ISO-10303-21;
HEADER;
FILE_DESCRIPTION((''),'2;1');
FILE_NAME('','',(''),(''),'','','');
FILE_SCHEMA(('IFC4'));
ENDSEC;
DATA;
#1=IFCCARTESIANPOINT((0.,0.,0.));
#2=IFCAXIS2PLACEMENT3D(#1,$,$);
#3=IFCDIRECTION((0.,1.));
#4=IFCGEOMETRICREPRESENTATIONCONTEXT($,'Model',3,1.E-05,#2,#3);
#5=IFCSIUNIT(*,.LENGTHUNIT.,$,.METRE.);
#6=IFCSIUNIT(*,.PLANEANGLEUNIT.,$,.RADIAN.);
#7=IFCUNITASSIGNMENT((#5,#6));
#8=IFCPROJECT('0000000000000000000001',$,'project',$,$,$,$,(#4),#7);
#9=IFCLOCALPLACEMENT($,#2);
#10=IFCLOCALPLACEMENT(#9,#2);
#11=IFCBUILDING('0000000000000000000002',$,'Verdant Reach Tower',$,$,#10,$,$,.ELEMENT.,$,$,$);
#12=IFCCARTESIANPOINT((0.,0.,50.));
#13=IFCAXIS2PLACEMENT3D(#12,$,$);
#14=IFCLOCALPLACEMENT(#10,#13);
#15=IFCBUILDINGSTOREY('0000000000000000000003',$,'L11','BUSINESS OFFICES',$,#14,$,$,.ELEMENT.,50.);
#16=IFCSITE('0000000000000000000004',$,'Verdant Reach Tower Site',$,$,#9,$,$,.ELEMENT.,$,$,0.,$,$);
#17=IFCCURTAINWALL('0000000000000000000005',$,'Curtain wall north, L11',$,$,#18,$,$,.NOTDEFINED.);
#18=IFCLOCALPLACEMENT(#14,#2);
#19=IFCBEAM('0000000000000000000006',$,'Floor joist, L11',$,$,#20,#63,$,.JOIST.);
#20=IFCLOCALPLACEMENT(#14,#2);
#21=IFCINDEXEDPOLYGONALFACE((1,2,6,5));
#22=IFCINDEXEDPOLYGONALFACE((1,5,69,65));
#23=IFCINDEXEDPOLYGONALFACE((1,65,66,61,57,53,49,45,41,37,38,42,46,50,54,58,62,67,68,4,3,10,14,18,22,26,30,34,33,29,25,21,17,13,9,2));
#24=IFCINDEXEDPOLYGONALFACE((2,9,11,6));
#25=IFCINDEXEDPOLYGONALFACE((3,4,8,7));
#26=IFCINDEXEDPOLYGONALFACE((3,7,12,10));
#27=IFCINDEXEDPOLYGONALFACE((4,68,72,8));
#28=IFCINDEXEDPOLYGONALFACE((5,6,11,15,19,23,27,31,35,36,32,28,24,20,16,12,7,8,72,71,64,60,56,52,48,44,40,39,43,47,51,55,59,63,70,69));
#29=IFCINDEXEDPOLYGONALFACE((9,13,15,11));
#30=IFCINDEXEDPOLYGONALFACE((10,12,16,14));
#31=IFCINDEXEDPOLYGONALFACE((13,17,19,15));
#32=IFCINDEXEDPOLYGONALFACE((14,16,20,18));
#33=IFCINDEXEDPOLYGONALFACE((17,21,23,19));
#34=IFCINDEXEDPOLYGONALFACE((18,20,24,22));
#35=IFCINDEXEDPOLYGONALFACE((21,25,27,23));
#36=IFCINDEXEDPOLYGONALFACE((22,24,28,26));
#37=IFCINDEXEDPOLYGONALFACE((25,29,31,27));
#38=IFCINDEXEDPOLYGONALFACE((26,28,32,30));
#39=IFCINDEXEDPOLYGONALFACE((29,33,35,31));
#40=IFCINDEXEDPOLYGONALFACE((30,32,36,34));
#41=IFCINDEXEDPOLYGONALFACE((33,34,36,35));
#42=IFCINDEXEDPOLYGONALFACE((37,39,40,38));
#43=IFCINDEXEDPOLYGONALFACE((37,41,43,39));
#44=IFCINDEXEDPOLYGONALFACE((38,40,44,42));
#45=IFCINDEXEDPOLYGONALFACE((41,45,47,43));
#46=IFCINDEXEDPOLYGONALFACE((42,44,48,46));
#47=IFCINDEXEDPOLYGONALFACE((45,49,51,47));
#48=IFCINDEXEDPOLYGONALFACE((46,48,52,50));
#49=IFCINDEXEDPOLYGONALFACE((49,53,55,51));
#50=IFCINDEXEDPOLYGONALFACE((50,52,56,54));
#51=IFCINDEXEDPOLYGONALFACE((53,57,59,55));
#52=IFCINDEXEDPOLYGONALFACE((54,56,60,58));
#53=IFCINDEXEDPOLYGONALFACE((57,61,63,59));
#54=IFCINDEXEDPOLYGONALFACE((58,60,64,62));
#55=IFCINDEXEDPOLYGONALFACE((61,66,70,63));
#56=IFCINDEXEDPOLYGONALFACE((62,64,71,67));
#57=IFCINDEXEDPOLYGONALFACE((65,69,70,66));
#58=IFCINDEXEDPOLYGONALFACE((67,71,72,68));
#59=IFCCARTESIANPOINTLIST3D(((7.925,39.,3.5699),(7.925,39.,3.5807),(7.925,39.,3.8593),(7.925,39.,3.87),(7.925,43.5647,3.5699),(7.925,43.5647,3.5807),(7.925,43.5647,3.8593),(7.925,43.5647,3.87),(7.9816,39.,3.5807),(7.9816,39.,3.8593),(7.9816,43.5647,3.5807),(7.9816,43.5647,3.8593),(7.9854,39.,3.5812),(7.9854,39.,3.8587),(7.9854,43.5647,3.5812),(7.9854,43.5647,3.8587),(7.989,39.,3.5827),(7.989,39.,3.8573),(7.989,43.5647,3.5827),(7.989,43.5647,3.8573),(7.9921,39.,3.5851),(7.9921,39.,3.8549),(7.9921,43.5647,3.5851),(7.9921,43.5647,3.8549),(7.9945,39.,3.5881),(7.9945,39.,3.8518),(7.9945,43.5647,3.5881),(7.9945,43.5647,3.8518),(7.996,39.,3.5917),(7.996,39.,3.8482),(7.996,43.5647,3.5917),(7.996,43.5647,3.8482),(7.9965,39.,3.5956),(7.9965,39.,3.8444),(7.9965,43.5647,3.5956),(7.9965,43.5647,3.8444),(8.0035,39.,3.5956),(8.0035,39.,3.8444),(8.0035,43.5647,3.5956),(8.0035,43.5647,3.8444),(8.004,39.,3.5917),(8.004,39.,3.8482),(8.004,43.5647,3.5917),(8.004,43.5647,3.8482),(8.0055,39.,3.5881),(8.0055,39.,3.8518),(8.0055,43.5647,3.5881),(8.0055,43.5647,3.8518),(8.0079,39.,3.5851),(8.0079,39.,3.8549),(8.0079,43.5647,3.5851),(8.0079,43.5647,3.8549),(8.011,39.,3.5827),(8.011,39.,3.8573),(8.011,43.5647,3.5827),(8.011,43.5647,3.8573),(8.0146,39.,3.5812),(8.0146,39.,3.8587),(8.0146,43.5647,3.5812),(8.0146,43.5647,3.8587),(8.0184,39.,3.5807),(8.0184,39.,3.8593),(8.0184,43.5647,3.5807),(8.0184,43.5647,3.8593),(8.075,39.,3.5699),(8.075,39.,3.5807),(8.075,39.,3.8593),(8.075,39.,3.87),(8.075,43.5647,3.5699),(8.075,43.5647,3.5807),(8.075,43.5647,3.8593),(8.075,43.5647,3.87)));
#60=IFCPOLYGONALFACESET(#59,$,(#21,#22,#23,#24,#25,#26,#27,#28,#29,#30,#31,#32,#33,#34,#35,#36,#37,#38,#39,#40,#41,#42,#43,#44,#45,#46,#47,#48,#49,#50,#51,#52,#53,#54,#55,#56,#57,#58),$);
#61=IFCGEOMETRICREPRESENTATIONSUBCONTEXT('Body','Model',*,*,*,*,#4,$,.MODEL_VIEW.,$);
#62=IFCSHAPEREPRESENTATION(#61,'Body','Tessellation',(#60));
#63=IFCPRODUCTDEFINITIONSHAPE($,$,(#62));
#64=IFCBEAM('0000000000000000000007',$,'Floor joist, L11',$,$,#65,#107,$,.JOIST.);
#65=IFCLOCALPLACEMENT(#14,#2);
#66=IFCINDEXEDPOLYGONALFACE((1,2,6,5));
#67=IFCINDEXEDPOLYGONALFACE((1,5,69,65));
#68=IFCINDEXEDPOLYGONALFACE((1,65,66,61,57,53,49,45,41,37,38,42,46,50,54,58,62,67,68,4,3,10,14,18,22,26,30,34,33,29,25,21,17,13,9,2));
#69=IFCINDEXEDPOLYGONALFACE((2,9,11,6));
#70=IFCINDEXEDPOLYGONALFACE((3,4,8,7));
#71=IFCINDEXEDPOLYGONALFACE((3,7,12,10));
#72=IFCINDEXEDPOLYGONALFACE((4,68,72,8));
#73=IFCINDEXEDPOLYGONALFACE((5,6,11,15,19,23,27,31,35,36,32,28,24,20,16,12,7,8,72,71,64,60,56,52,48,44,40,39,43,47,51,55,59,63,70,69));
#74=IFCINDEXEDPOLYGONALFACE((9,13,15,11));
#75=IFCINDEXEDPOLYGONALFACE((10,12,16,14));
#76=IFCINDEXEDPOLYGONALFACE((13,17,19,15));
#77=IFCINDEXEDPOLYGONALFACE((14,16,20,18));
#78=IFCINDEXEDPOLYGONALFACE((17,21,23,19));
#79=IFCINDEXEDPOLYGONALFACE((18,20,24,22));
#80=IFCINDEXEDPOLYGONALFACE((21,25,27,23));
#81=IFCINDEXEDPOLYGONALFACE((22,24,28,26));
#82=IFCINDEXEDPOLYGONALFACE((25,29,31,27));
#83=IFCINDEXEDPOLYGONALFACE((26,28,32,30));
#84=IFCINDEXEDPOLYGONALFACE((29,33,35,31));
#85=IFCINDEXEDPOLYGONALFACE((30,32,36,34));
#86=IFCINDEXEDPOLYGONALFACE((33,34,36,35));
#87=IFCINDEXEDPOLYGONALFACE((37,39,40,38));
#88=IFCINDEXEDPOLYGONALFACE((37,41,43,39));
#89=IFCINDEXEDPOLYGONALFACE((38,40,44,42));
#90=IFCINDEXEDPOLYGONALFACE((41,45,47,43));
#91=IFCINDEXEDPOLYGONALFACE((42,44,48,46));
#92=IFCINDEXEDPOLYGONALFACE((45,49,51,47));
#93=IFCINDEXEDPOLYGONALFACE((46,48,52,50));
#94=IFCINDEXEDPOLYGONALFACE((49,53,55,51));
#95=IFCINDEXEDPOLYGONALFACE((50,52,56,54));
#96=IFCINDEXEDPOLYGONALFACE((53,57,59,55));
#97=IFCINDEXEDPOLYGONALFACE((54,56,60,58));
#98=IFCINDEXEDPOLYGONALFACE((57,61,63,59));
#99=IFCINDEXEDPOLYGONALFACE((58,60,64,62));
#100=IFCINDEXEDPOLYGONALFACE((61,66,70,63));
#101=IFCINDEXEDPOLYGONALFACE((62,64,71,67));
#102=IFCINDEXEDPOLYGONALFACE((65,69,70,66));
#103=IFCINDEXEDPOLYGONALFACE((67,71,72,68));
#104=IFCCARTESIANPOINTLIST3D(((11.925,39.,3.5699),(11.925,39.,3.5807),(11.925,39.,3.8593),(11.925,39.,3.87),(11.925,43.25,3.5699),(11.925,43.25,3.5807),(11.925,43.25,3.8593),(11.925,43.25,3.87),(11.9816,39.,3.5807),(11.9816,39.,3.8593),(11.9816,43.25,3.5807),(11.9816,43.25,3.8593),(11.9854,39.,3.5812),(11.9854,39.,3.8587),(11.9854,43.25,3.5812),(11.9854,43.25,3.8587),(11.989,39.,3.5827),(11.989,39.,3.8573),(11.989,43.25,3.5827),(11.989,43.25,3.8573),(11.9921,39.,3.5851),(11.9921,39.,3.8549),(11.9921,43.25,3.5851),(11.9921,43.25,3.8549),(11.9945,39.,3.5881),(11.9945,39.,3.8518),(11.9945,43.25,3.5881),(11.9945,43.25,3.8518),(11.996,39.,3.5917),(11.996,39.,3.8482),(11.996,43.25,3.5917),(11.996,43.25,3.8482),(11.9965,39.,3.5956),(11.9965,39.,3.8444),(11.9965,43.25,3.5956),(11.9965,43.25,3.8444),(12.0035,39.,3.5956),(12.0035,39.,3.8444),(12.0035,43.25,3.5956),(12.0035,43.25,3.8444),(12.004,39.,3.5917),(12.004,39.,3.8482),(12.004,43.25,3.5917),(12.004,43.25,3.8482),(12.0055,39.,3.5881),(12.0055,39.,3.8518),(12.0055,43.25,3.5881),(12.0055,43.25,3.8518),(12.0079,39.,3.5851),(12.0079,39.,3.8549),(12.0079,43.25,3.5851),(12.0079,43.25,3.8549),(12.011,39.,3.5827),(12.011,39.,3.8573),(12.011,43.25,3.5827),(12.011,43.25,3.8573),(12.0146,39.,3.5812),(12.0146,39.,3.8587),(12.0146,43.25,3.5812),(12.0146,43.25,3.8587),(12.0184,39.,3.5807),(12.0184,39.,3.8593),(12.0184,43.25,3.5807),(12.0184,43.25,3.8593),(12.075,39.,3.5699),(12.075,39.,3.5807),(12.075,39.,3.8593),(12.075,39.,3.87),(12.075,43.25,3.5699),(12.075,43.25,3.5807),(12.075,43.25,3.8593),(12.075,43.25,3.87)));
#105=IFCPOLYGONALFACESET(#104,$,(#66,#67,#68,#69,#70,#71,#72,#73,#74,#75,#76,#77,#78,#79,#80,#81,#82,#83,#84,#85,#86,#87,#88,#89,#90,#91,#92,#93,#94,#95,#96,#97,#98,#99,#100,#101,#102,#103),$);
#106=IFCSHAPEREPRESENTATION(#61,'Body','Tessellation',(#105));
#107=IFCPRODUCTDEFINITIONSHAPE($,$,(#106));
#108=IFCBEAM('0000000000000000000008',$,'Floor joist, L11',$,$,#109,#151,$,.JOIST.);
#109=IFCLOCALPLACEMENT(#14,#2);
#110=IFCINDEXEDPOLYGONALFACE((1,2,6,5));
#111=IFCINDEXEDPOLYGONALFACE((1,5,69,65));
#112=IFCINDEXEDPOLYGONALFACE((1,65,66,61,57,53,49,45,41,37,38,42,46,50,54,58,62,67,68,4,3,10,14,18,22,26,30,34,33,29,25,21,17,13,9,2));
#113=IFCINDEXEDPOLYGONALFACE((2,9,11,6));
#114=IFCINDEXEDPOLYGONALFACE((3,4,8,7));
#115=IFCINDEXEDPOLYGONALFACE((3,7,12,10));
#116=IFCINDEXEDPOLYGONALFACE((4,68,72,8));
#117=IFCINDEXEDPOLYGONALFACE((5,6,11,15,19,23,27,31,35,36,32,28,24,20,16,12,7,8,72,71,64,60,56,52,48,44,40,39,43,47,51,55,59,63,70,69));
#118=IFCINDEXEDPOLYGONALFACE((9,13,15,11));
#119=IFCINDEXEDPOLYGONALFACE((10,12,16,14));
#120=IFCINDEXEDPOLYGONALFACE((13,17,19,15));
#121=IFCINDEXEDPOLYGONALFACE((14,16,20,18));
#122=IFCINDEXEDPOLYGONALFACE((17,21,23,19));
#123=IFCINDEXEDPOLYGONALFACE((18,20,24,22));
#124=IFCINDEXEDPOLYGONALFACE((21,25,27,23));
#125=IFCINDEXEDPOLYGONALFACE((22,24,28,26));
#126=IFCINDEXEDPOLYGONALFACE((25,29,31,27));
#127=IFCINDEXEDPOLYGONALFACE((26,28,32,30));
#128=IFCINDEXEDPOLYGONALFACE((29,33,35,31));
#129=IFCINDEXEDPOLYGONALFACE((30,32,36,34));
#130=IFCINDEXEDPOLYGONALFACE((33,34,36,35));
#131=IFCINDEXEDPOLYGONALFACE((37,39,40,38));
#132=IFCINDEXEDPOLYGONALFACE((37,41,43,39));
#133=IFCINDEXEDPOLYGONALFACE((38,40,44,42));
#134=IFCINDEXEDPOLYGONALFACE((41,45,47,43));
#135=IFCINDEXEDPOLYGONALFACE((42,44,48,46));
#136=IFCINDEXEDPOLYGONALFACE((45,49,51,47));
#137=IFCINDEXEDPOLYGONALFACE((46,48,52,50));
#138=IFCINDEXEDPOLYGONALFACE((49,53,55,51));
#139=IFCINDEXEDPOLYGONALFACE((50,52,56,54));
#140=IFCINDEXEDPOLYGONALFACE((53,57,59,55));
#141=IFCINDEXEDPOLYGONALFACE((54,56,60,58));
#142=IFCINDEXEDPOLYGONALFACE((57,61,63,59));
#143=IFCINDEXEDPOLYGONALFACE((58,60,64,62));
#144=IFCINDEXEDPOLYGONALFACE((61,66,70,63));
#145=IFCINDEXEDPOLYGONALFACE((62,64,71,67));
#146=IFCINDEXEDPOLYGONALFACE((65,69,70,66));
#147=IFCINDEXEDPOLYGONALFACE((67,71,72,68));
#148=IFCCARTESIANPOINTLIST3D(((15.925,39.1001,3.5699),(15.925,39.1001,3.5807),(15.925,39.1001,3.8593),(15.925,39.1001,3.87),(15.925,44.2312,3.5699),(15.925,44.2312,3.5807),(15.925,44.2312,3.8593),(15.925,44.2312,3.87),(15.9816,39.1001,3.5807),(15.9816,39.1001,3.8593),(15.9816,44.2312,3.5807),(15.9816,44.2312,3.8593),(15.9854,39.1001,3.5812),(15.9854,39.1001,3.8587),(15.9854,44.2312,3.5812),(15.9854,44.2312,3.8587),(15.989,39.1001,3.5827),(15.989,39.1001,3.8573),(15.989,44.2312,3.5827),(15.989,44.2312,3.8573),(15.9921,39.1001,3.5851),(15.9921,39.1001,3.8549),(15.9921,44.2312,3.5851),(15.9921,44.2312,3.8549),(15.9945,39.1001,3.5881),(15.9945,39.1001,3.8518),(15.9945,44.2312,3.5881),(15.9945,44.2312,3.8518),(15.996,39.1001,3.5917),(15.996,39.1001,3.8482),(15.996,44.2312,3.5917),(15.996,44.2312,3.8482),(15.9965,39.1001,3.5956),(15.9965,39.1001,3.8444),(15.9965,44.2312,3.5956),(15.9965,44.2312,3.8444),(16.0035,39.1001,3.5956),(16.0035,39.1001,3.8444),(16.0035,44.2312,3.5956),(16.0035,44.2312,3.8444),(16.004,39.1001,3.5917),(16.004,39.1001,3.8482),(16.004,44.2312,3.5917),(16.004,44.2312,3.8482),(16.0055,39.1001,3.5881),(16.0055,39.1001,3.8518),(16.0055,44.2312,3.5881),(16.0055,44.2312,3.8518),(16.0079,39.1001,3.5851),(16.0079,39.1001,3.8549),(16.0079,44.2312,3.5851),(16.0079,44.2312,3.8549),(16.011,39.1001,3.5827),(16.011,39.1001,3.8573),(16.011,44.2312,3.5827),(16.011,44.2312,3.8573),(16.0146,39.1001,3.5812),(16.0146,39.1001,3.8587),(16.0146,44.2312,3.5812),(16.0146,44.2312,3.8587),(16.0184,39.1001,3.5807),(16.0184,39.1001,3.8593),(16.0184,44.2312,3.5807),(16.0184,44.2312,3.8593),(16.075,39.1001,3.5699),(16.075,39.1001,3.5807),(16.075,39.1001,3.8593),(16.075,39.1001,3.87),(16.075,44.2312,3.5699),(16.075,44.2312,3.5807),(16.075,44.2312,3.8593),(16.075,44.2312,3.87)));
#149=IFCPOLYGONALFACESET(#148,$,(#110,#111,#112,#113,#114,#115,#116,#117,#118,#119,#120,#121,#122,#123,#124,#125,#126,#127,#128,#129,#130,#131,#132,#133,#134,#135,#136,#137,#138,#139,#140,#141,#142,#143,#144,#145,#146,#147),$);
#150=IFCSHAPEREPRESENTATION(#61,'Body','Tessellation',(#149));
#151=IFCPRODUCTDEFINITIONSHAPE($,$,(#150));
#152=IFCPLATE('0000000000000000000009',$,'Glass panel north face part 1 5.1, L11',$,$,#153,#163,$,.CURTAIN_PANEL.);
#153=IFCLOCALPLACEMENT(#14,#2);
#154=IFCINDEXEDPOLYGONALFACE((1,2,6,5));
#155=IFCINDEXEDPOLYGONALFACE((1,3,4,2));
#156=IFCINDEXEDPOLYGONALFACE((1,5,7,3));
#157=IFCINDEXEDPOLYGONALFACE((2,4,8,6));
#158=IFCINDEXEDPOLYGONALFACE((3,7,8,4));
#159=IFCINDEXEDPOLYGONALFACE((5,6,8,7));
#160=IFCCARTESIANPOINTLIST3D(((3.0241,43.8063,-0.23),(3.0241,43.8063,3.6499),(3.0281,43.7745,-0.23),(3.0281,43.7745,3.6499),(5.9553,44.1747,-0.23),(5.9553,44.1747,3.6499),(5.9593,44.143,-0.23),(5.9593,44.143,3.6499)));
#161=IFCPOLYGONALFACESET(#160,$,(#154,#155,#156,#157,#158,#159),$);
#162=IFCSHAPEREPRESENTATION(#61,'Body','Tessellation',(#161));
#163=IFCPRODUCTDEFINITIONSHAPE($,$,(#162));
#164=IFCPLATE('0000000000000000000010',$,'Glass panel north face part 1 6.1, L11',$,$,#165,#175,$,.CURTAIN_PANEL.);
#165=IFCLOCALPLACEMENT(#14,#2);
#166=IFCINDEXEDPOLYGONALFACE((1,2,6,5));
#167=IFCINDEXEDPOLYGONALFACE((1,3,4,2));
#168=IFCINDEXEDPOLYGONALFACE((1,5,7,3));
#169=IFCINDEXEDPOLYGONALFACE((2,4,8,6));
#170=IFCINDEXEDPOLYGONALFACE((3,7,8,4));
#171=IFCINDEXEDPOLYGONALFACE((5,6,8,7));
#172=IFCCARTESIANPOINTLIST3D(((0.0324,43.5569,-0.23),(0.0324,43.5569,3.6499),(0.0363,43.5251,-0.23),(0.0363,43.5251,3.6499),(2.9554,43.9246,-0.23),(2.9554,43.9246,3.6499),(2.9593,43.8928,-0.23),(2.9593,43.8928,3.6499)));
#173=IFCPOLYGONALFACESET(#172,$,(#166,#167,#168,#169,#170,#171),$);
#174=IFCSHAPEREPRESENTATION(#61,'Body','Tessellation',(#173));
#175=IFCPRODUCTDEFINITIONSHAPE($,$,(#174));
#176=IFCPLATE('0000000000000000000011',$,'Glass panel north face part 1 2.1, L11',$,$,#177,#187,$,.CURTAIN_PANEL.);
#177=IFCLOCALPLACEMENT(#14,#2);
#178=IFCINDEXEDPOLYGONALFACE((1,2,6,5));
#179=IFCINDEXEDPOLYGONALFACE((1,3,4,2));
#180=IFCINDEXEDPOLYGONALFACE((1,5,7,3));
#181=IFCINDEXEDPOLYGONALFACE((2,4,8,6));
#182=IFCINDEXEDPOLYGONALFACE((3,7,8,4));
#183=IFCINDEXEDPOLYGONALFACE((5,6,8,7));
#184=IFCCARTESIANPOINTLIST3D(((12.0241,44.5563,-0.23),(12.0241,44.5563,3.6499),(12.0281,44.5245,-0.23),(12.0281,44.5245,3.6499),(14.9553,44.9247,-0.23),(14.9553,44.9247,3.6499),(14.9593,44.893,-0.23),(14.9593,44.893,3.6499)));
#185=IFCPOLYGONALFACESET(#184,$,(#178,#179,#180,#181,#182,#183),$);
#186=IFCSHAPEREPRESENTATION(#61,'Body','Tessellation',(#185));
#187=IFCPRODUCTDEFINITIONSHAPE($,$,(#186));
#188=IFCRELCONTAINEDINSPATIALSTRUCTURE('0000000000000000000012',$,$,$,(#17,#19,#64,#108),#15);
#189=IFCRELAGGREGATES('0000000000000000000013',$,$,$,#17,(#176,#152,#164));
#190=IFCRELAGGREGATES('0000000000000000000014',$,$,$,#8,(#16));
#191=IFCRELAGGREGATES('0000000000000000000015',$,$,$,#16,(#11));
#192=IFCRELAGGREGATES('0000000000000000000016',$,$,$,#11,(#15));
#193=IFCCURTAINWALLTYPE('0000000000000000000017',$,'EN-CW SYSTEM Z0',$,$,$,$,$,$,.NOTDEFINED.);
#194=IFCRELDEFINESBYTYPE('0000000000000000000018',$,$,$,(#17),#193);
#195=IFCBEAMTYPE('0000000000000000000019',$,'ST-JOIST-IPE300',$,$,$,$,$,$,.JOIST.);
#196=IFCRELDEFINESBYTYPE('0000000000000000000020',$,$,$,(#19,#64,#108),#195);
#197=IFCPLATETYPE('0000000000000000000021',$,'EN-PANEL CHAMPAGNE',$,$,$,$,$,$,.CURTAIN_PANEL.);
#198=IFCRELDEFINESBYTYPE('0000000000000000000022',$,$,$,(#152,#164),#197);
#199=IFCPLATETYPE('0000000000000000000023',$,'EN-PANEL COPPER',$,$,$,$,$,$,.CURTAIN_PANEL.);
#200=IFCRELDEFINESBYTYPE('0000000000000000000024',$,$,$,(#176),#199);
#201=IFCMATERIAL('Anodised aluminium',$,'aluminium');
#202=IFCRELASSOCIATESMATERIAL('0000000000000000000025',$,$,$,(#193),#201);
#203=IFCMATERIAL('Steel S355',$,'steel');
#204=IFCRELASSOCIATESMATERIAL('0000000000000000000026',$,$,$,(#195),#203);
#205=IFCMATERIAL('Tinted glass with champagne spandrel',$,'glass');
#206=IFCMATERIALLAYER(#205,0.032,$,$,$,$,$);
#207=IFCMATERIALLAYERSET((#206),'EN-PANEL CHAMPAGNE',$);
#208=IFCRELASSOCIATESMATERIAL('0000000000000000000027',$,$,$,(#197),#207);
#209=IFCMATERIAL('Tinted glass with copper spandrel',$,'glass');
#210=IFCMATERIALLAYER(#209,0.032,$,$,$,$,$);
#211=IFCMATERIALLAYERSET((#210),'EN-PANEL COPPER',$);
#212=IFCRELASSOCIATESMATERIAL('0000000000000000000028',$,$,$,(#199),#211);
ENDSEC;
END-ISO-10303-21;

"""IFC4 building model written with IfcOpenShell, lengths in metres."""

from ifc_helpers import new_model, si_unit, direction, frame, origin, origin_2d, place, context, subcontext, project, spatial, rectangle, i_section, extrude, material, layer, layer_set, material_profile, profile_set, type_object, element, aggregate, save


model = new_model("IFC4")

# Units and contexts
model_context = context("Model", 3, precision=1e-05, world=origin(), true_north=direction((0.0, 1.0)))
body_context = subcontext(model_context, "Body", "Model", "MODEL_VIEW")
ifc_project = project(units=[si_unit("LENGTHUNIT", "METRE"), si_unit("PLANEANGLEUNIT", "RADIAN")], contexts=[model_context])

# Site, building, storey
site_placement = place(None, origin())
site = spatial("IfcSite", under=ifc_project, at=site_placement, Name="Verdant Reach Tower Site", CompositionType="ELEMENT", RefElevation=0.0)
building_placement = place(site_placement, origin())
building = spatial("IfcBuilding", under=site, at=building_placement, Name="Verdant Reach Tower", CompositionType="ELEMENT")
storey_placement = place(building_placement, frame((0.0, 0.0, 50.0)))
storey = spatial("IfcBuildingStorey", under=building, at=storey_placement, Name="L11", Description="BUSINESS OFFICES", CompositionType="ELEMENT", Elevation=50.0)

# Curtain wall
ifc_material_1 = material(Name="Anodised aluminium", Category="aluminium")
curtain_wall_type = type_object("IfcCurtainWallType", Name="EN-CW SYSTEM Z0", PredefinedType="NOTDEFINED", material=ifc_material_1)
curtain_wall_placement = place(storey_placement, origin())
curtain_wall = element("IfcCurtainWall", 1, at=curtain_wall_placement, inside=storey, type_object=curtain_wall_type, Name="Curtain wall north, L11", PredefinedType="NOTDEFINED")

# Beams
ifc_material_2 = material(Name="Steel S355", Category="steel")
ifc_material_profile_1 = material_profile(ifc_material_2, i_section(OverallWidth=0.1499, OverallDepth=0.3, WebThickness=0.0071, FlangeThickness=0.0107, FilletRadius=0.0149, at=origin_2d()), Name="IPE 300")
ifc_profile_set_1 = profile_set([ifc_material_profile_1], Name="Steel S355")
beam_type_1 = type_object("IfcBeamType", Name="ST-JOIST-IPE300", PredefinedType="JOIST", material=ifc_profile_set_1)
beam_1_placement = place(storey_placement, frame((8.0, 39.0, 3.72), z_axis=(0.0, 1.0, 0.0), x_axis=(-1.0, 0.0, 0.0)))
element("IfcBeam", 2, at=beam_1_placement, inside=storey, type_object=beam_type_1, Name="Floor joist, L11", PredefinedType="JOIST", context=body_context, shape_type="SweptSolid", body=[
    extrude(i_section(OverallWidth=0.1499, OverallDepth=0.3, WebThickness=0.0071, FlangeThickness=0.0107, FilletRadius=0.0149, at=origin_2d()), origin(), (0.0, 0.0, 1.0), 4.5647),
])
beam_2_placement = place(storey_placement, frame((12.0, 39.0, 3.72), z_axis=(0.0, 1.0, 0.0), x_axis=(-1.0, 0.0, 0.0)))
element("IfcBeam", 3, at=beam_2_placement, inside=storey, type_object=beam_type_1, Name="Floor joist, L11", PredefinedType="JOIST", context=body_context, shape_type="SweptSolid", body=[
    extrude(i_section(OverallWidth=0.1499, OverallDepth=0.3, WebThickness=0.0071, FlangeThickness=0.0107, FilletRadius=0.0149, at=origin_2d()), origin(), (0.0, 0.0, 1.0), 4.25),
])
beam_3_placement = place(storey_placement, frame((16.0, 39.1001, 3.72), z_axis=(0.0, 1.0, 0.0), x_axis=(-1.0, 0.0, 0.0)))
element("IfcBeam", 4, at=beam_3_placement, inside=storey, type_object=beam_type_1, Name="Floor joist, L11", PredefinedType="JOIST", context=body_context, shape_type="SweptSolid", body=[
    extrude(i_section(OverallWidth=0.1499, OverallDepth=0.3, WebThickness=0.0071, FlangeThickness=0.0107, FilletRadius=0.0149, at=origin_2d()), origin(), (0.0, 0.0, 1.0), 5.1311),
])

# Plates
ifc_material_3 = material(Name="Tinted glass with champagne spandrel", Category="glass")
ifc_layer_1 = layer(ifc_material_3, 0.032)
ifc_layer_set_1 = layer_set([ifc_layer_1], Name="EN-PANEL CHAMPAGNE")
plate_type_1 = type_object("IfcPlateType", Name="EN-PANEL CHAMPAGNE", PredefinedType="CURTAIN_PANEL", material=ifc_layer_set_1)
plate_1_placement = place(storey_placement, frame((4.4917, 43.9746, -0.23), z_axis=(0.0, 0.0, 1.0), x_axis=(-0.992194, -0.124704, 0.0)))
plate_1 = element("IfcPlate", 5, at=plate_1_placement, type_object=plate_type_1, Name="Glass panel north face part 1 5.1, L11", PredefinedType="CURTAIN_PANEL", context=body_context, shape_type="SweptSolid", body=[
    extrude(rectangle(XDim=2.9543, YDim=0.032, at=origin_2d()), origin(), (0.0, 0.0, 1.0), 3.8799),
])
plate_2_placement = place(storey_placement, frame((1.4958, 43.7249, -0.23), z_axis=(0.0, 0.0, 1.0), x_axis=(-0.99218, -0.124818, 0.0)))
plate_2 = element("IfcPlate", 6, at=plate_2_placement, type_object=plate_type_1, Name="Glass panel north face part 1 6.1, L11", PredefinedType="CURTAIN_PANEL", context=body_context, shape_type="SweptSolid", body=[
    extrude(rectangle(XDim=2.946, YDim=0.032, at=origin_2d()), origin(), (0.0, 0.0, 1.0), 3.8799),
])
ifc_material_4 = material(Name="Tinted glass with copper spandrel", Category="glass")
ifc_layer_2 = layer(ifc_material_4, 0.032)
ifc_layer_set_2 = layer_set([ifc_layer_2], Name="EN-PANEL COPPER")
plate_type_2 = type_object("IfcPlateType", Name="EN-PANEL COPPER", PredefinedType="CURTAIN_PANEL", material=ifc_layer_set_2)
plate_3_placement = place(storey_placement, frame((13.4917, 44.7246, -0.23), z_axis=(0.0, 0.0, 1.0), x_axis=(-0.992194, -0.124704, 0.0)))
plate_3 = element("IfcPlate", 7, at=plate_3_placement, type_object=plate_type_2, Name="Glass panel north face part 1 2.1, L11", PredefinedType="CURTAIN_PANEL", context=body_context, shape_type="SweptSolid", body=[
    extrude(rectangle(XDim=2.9543, YDim=0.032, at=origin_2d()), origin(), (0.0, 0.0, 1.0), 3.8799),
])
aggregate(curtain_wall, [plate_3, plate_1, plate_2])

save(model, "model.ifc")
